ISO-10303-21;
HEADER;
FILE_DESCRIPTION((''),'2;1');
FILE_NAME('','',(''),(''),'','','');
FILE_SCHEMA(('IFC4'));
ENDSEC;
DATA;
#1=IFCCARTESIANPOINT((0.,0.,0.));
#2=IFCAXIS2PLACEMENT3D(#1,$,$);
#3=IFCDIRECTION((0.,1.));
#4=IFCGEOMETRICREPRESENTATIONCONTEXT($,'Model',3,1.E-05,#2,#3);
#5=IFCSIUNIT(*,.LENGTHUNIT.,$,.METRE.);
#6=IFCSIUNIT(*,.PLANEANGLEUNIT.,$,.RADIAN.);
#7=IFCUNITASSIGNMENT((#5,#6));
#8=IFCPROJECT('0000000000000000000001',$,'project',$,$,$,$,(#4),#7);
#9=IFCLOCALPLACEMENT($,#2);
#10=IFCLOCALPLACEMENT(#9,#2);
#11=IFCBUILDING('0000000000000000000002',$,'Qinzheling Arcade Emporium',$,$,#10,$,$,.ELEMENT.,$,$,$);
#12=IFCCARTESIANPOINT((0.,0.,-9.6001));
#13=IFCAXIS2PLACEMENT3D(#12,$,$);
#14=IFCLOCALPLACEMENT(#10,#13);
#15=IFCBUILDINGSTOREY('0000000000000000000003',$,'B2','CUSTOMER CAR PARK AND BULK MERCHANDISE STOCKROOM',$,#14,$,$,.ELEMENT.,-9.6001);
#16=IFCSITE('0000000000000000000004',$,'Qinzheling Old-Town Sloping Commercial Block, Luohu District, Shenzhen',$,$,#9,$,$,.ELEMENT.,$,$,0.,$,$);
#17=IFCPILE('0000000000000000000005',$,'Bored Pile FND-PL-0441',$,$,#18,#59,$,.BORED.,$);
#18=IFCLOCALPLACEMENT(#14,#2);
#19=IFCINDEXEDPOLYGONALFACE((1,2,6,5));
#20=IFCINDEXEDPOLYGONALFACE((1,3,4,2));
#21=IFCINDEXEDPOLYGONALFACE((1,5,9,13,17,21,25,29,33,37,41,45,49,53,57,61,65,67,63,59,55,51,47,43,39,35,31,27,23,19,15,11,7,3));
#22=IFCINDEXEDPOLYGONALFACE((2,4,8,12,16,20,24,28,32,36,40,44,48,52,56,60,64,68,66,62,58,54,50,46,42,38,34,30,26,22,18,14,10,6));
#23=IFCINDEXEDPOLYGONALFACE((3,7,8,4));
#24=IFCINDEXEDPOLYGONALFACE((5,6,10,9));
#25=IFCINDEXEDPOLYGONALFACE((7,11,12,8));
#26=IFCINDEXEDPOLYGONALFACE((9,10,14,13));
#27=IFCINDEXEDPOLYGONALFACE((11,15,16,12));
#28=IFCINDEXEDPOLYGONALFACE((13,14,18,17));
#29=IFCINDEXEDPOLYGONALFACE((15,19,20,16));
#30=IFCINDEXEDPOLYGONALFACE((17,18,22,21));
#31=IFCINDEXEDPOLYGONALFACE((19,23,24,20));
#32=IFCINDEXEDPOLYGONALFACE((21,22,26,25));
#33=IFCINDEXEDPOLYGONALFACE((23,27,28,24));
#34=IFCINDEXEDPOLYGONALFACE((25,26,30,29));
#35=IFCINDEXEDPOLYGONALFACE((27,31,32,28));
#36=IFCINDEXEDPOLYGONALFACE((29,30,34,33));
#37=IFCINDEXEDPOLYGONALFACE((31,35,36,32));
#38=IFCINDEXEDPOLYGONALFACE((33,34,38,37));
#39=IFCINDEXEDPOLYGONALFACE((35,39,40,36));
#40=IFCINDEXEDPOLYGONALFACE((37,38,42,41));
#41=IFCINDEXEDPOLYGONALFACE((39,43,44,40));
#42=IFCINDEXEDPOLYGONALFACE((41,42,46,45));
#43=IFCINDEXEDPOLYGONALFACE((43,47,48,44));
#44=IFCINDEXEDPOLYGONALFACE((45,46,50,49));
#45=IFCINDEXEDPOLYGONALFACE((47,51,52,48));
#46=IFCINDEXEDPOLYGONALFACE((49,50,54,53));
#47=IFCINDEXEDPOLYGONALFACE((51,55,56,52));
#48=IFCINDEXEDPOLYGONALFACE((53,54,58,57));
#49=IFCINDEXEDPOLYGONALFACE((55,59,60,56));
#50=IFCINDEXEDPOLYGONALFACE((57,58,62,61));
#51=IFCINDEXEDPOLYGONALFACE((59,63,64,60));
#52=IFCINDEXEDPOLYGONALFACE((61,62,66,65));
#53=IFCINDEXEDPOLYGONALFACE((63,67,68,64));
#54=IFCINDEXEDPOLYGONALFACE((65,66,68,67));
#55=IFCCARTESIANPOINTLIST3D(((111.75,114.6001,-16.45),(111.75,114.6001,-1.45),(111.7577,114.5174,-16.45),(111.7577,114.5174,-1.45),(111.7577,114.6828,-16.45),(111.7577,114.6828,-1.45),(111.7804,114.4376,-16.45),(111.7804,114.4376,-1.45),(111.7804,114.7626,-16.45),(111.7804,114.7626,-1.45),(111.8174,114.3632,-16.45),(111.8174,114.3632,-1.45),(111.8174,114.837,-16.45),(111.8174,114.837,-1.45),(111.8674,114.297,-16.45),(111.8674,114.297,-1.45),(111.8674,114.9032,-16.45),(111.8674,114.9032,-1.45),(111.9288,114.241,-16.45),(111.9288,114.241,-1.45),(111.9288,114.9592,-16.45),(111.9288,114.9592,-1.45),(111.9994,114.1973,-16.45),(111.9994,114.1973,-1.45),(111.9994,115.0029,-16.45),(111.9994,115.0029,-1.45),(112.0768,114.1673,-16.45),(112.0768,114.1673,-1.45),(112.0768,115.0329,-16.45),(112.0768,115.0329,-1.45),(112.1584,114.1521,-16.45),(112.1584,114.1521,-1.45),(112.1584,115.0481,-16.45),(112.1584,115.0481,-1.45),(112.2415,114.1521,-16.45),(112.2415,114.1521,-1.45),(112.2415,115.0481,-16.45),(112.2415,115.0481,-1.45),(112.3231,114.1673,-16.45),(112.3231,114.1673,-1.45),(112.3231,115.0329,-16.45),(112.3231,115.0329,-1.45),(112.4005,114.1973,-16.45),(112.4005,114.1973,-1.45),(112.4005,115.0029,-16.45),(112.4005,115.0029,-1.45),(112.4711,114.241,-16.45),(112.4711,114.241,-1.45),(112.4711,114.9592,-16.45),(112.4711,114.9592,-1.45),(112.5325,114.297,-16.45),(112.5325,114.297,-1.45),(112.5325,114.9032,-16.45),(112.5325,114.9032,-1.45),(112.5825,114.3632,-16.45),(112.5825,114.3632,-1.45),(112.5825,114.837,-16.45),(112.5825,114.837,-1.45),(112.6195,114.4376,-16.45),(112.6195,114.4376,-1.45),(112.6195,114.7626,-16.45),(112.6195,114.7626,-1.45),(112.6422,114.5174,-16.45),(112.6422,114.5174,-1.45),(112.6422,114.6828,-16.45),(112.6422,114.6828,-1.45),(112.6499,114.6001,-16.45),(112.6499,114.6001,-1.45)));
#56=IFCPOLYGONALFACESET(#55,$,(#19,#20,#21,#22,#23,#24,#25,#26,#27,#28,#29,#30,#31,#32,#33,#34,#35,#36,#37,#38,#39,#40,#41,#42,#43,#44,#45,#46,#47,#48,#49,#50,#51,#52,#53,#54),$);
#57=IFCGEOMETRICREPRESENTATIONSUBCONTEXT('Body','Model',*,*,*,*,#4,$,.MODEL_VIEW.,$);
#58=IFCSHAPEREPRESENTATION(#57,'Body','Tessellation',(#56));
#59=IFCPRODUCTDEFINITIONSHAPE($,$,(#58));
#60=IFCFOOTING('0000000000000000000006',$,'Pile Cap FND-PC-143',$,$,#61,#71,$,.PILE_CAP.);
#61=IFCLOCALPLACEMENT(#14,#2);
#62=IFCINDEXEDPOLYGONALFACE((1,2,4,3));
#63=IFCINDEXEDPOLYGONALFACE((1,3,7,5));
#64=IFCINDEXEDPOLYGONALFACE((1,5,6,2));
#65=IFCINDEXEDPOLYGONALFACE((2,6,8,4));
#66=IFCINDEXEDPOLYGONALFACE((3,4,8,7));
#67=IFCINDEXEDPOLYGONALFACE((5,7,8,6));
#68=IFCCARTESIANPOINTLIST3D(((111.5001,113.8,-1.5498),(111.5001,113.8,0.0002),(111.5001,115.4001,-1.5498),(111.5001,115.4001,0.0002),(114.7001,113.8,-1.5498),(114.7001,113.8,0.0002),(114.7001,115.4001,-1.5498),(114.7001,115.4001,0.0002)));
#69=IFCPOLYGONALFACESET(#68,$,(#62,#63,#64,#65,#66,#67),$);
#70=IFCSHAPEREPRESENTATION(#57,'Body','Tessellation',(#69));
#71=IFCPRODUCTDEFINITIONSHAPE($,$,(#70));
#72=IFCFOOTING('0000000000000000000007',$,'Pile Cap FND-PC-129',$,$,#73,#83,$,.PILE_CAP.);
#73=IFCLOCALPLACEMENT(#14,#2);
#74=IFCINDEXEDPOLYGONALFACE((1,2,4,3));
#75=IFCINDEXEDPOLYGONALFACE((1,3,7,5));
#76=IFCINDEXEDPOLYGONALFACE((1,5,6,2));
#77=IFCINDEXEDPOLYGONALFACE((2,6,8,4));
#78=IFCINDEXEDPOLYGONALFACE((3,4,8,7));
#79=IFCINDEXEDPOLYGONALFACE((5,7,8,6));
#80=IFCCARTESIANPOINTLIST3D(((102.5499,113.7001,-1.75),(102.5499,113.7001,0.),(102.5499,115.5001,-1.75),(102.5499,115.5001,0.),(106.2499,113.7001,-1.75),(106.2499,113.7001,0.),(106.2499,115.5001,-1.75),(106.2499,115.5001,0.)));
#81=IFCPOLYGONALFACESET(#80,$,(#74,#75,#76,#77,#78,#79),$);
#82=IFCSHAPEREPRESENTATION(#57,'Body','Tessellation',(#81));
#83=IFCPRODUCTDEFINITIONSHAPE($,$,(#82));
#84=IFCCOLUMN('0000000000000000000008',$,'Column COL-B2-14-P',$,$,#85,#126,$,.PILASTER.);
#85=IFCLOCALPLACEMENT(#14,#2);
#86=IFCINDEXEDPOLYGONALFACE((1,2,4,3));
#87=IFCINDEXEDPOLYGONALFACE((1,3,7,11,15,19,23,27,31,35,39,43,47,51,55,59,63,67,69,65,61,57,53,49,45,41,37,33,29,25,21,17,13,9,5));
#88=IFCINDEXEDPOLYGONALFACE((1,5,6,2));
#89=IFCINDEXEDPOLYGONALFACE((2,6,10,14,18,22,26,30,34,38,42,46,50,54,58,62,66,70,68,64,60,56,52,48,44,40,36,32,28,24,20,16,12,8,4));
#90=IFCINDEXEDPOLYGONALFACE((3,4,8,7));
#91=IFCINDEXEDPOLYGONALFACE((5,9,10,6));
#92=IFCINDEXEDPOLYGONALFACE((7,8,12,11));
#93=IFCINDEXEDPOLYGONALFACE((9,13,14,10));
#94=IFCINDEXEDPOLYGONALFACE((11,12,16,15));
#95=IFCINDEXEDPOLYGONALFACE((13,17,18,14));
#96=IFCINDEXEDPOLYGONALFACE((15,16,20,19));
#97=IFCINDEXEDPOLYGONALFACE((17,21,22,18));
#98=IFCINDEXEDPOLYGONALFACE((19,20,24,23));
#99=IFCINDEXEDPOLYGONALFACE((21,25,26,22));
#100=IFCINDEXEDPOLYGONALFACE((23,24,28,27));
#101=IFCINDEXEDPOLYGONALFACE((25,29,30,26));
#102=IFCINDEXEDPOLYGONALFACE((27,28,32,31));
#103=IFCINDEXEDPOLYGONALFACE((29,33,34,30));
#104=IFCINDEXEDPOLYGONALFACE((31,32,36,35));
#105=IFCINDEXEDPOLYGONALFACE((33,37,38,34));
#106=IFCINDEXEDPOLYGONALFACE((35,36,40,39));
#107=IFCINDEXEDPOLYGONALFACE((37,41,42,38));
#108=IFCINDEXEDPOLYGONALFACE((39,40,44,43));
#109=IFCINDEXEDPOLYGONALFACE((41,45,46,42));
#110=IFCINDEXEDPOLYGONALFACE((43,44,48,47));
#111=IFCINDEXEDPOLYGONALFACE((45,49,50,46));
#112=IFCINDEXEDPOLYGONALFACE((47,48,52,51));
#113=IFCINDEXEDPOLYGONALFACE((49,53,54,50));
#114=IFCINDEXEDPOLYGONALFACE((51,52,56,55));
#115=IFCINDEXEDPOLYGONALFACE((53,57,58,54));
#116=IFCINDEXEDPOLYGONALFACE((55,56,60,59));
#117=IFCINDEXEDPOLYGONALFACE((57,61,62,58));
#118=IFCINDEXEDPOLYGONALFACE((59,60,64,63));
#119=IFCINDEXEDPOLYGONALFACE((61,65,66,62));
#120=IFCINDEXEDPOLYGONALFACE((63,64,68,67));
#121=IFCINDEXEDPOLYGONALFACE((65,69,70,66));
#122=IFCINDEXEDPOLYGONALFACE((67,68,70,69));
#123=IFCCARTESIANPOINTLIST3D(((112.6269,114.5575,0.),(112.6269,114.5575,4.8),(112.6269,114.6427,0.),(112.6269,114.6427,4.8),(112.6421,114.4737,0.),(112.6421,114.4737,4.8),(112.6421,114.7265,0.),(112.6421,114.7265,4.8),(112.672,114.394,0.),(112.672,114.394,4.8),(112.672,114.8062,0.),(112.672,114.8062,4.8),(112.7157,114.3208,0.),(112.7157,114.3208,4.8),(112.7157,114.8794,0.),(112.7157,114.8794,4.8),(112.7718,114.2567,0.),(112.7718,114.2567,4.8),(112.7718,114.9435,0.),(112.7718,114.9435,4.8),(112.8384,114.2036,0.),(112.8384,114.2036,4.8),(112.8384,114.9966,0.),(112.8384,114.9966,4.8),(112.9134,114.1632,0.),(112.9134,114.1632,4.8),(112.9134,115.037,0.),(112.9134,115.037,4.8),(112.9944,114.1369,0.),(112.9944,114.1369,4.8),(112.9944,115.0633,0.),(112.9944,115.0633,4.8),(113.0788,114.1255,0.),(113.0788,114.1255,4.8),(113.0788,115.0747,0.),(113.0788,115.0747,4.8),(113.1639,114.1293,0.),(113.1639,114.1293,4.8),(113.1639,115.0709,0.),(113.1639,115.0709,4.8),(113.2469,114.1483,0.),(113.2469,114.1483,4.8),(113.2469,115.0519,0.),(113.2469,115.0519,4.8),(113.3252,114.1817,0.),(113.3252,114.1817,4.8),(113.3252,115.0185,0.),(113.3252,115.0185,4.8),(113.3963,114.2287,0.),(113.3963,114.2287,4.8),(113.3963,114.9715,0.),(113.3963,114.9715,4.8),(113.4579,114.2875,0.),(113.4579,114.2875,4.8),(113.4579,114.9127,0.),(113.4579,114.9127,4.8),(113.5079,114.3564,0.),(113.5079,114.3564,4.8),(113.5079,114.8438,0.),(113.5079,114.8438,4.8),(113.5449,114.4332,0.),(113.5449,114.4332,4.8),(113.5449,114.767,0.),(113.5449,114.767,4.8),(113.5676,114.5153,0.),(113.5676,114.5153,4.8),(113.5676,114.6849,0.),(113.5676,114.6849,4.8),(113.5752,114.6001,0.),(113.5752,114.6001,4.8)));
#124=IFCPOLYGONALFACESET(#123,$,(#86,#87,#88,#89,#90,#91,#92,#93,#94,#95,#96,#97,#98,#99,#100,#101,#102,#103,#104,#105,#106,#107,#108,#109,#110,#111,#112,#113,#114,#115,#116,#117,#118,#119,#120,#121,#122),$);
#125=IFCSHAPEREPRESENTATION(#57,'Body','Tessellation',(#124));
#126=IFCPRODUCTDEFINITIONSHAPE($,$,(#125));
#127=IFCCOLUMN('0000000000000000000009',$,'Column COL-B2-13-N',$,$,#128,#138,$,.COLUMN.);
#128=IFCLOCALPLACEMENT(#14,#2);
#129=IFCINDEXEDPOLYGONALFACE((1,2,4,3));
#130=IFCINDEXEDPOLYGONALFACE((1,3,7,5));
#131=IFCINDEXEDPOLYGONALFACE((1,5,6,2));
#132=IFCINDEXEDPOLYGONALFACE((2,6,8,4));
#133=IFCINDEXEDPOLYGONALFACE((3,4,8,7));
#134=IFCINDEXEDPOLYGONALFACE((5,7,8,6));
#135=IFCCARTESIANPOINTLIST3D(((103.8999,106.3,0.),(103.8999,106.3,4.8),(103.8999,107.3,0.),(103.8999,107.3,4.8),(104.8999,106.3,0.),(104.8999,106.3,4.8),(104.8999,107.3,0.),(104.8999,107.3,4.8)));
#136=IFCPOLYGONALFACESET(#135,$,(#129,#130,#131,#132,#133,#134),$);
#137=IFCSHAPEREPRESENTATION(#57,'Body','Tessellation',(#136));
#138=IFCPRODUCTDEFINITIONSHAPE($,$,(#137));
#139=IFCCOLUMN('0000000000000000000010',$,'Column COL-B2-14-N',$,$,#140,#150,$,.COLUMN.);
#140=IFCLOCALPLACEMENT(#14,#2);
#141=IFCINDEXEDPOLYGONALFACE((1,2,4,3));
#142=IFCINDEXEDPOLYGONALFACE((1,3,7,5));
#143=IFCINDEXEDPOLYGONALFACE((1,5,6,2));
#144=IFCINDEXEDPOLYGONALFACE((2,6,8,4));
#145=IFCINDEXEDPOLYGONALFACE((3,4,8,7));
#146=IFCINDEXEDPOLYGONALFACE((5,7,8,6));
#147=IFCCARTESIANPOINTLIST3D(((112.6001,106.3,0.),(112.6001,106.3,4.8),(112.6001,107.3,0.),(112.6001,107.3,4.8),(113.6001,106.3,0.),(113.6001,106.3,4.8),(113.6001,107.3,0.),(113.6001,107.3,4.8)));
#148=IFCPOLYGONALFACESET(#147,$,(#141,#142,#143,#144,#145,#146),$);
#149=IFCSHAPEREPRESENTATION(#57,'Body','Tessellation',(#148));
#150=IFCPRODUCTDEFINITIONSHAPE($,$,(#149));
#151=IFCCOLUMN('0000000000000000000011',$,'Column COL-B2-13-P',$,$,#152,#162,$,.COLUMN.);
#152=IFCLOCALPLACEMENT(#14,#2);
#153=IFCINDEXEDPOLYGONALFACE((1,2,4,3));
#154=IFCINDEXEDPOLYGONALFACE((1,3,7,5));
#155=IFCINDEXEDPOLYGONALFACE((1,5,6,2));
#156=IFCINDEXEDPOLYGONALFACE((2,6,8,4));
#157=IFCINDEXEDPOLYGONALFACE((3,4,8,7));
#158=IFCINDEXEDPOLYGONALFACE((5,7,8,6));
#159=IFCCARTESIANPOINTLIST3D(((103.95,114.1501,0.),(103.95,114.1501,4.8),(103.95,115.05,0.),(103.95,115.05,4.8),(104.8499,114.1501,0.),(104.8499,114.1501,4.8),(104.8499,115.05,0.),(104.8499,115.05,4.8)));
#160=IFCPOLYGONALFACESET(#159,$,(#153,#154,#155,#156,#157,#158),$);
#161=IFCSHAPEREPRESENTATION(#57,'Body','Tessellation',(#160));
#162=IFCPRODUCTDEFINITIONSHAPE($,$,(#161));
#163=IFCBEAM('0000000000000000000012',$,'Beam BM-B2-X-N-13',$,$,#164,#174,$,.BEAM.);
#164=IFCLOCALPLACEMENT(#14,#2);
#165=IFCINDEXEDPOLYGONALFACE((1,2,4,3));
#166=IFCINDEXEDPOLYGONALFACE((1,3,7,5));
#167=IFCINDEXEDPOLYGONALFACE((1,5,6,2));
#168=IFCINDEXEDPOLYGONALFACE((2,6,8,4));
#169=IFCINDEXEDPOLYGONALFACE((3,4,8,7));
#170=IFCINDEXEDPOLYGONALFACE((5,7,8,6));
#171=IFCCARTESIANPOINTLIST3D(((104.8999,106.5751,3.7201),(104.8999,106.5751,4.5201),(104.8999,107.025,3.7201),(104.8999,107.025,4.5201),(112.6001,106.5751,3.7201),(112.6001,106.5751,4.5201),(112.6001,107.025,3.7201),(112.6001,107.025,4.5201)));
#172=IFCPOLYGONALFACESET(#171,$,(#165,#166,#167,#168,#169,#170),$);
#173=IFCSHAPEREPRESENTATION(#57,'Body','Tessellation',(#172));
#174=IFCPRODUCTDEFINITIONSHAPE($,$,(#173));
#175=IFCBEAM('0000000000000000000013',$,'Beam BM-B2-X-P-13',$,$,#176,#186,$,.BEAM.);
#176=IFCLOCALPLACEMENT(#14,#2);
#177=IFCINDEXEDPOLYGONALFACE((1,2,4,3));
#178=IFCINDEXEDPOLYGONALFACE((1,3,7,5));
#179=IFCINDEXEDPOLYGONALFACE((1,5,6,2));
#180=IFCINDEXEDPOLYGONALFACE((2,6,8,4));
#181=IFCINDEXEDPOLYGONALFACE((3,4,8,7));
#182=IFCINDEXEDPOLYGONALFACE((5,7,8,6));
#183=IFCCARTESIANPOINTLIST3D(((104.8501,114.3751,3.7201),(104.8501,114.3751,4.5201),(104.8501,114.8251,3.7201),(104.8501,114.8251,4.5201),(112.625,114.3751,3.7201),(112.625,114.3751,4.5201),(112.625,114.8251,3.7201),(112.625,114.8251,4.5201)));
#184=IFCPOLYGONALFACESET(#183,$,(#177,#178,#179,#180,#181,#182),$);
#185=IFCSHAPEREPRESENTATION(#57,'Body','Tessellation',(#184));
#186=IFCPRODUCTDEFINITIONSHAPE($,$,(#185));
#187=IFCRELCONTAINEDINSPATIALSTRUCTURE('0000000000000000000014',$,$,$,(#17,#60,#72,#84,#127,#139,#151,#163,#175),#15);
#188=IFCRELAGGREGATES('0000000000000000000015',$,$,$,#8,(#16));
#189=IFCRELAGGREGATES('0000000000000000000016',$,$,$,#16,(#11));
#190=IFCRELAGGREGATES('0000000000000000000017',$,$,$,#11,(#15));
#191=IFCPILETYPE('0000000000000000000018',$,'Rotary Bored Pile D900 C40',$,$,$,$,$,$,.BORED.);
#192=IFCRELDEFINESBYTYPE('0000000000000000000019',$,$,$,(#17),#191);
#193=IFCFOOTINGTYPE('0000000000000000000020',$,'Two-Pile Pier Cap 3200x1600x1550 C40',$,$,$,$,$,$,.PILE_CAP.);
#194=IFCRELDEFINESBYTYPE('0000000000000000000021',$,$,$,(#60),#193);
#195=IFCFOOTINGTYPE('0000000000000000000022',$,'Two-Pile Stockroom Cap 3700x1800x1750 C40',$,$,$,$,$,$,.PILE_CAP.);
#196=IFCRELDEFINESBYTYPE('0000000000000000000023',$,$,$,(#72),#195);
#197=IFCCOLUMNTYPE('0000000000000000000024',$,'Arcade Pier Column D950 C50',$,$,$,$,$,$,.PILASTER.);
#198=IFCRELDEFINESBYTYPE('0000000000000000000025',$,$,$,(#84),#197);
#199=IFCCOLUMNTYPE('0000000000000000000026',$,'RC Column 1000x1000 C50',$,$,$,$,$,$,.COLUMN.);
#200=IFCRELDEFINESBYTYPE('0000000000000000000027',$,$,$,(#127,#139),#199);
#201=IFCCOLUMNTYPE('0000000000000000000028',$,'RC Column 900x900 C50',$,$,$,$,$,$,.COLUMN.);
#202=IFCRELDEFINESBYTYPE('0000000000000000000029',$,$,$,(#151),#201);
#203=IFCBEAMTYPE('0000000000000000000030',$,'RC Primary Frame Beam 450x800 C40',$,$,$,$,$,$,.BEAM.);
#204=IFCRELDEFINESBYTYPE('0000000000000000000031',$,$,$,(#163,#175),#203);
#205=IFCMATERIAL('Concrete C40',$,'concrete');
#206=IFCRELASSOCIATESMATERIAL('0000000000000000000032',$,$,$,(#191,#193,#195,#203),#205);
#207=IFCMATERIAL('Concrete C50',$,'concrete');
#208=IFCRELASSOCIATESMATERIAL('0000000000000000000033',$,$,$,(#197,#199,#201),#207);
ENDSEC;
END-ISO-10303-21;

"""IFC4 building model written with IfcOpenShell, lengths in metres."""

from ifc_helpers import new_model, si_unit, direction, frame, origin, origin_2d, place, context, subcontext, project, spatial, rectangle, circle, extrude, material, material_profile, profile_set, type_object, element, save


model = new_model("IFC4")

# Units and contexts
model_context = context("Model", 3, precision=1e-05, world=origin(), true_north=direction((0.0, 1.0)))
body_context = subcontext(model_context, "Body", "Model", "MODEL_VIEW")
ifc_project = project(units=[si_unit("LENGTHUNIT", "METRE"), si_unit("PLANEANGLEUNIT", "RADIAN")], contexts=[model_context])

# Site, building, storey
site_placement = place(None, origin())
site = spatial("IfcSite", under=ifc_project, at=site_placement, Name="Qinzheling Old-Town Sloping Commercial Block, Luohu District, Shenzhen", CompositionType="ELEMENT", RefElevation=0.0)
building_placement = place(site_placement, origin())
building = spatial("IfcBuilding", under=site, at=building_placement, Name="Qinzheling Arcade Emporium", CompositionType="ELEMENT")
storey_placement = place(building_placement, frame((0.0, 0.0, -9.6001)))
storey = spatial("IfcBuildingStorey", under=building, at=storey_placement, Name="B2", Description="CUSTOMER CAR PARK AND BULK MERCHANDISE STOCKROOM", CompositionType="ELEMENT", Elevation=-9.6001)

# Shared definitions
ifc_material_1 = material(Name="Concrete C40", Category="concrete")

# Pile
ifc_material_profile_1 = material_profile(ifc_material_1, circle(Radius=0.45, at=origin_2d()), Name="BORED D900", Category="concrete")
ifc_profile_set_1 = profile_set([ifc_material_profile_1], Name="Concrete C40")
pile_type = type_object("IfcPileType", Name="Rotary Bored Pile D900 C40", PredefinedType="BORED", material=ifc_profile_set_1)
pile_placement = place(storey_placement, frame((112.2, 114.6001, -1.45), z_axis=(0.0, 0.0, -1.0), x_axis=(1.0, 0.0, 0.0)))
element("IfcPile", 1, at=pile_placement, inside=storey, type_object=pile_type, Name="Bored Pile FND-PL-0441", PredefinedType="BORED", context=body_context, shape_type="SweptSolid", body=[
    extrude(circle(Radius=0.45, at=origin_2d()), origin(), (0.0, 0.0, 1.0), 15.0),
])

# Footings
footing_type_1 = type_object("IfcFootingType", Name="Two-Pile Pier Cap 3200x1600x1550 C40", PredefinedType="PILE_CAP", material=ifc_material_1)
footing_1_placement = place(storey_placement, frame((113.1001, 114.6001, -1.5498), z_axis=(0.0, 0.0, 1.0), x_axis=(1.0, 0.0, 0.0)))
element("IfcFooting", 2, at=footing_1_placement, inside=storey, type_object=footing_type_1, Name="Pile Cap FND-PC-143", PredefinedType="PILE_CAP", context=body_context, shape_type="SweptSolid", body=[
    extrude(rectangle(XDim=3.2, YDim=1.6001, at=origin_2d()), origin(), (0.0, 0.0, 1.0), 1.55),
])
footing_type_2 = type_object("IfcFootingType", Name="Two-Pile Stockroom Cap 3700x1800x1750 C40", PredefinedType="PILE_CAP", material=ifc_material_1)
footing_2_placement = place(storey_placement, frame((104.3999, 114.6001, -1.75), z_axis=(0.0, 0.0, 1.0), x_axis=(1.0, 0.0, 0.0)))
element("IfcFooting", 3, at=footing_2_placement, inside=storey, type_object=footing_type_2, Name="Pile Cap FND-PC-129", PredefinedType="PILE_CAP", context=body_context, shape_type="SweptSolid", body=[
    extrude(rectangle(XDim=3.7, YDim=1.8, at=origin_2d()), origin(), (0.0, 0.0, 1.0), 1.75),
])

# Columns
ifc_material_2 = material(Name="Concrete C50", Category="concrete")
ifc_material_profile_2 = material_profile(ifc_material_2, circle(Radius=0.4751, at=origin_2d()), Name="RC D950", Category="concrete")
ifc_profile_set_2 = profile_set([ifc_material_profile_2], Name="Concrete C50")
column_type_1 = type_object("IfcColumnType", Name="Arcade Pier Column D950 C50", PredefinedType="PILASTER", material=ifc_profile_set_2)
column_1_placement = place(storey_placement, frame((113.1001, 114.6001, 0.0), z_axis=(0.0, 0.0, 1.0), x_axis=(1.0, 0.0, 0.0)))
element("IfcColumn", 4, at=column_1_placement, inside=storey, type_object=column_type_1, Name="Column COL-B2-14-P", PredefinedType="PILASTER", context=body_context, shape_type="SweptSolid", body=[
    extrude(circle(Radius=0.4751, at=origin_2d()), origin(), (0.0, 0.0, 1.0), 4.8),
])
ifc_material_profile_3 = material_profile(ifc_material_2, rectangle(XDim=1.0, YDim=1.0, at=origin_2d()), Name="RC 1000x1000", Category="concrete")
ifc_profile_set_3 = profile_set([ifc_material_profile_3], Name="Concrete C50")
column_type_2 = type_object("IfcColumnType", Name="RC Column 1000x1000 C50", PredefinedType="COLUMN", material=ifc_profile_set_3)
for number, where, z_axis, x_axis, name in (
    (5, (104.3999, 106.8, 0.0), (0.0, 0.0, 1.0), (1.0, 0.0, 0.0), "Column COL-B2-13-N"),
    (6, (113.1001, 106.8, 0.0), (0.0, 0.0, 1.0), (1.0, 0.0, 0.0), "Column COL-B2-14-N"),
):
    element("IfcColumn", number, at=place(storey_placement, frame(where, z_axis=z_axis, x_axis=x_axis)), inside=storey, type_object=column_type_2, Name=name, PredefinedType="COLUMN", context=body_context, shape_type="SweptSolid", body=[
        extrude(rectangle(XDim=1.0, YDim=1.0, at=origin_2d()), origin(), (0.0, 0.0, 1.0), 4.8),
    ])
ifc_material_profile_4 = material_profile(ifc_material_2, rectangle(XDim=0.8999, YDim=0.8999, at=origin_2d()), Name="RC 900x900", Category="concrete")
ifc_profile_set_4 = profile_set([ifc_material_profile_4], Name="Concrete C50")
column_type_3 = type_object("IfcColumnType", Name="RC Column 900x900 C50", PredefinedType="COLUMN", material=ifc_profile_set_4)
column_2_placement = place(storey_placement, frame((104.3999, 114.6001, 0.0), z_axis=(0.0, 0.0, 1.0), x_axis=(1.0, 0.0, 0.0)))
element("IfcColumn", 7, at=column_2_placement, inside=storey, type_object=column_type_3, Name="Column COL-B2-13-P", PredefinedType="COLUMN", context=body_context, shape_type="SweptSolid", body=[
    extrude(rectangle(XDim=0.8999, YDim=0.8999, at=origin_2d()), origin(), (0.0, 0.0, 1.0), 4.8),
])

# Beams
ifc_material_profile_5 = material_profile(ifc_material_1, rectangle(XDim=0.45, YDim=0.8, at=origin_2d()), Name="RC 450x800", Category="concrete")
ifc_profile_set_5 = profile_set([ifc_material_profile_5], Name="Concrete C40")
beam_type = type_object("IfcBeamType", Name="RC Primary Frame Beam 450x800 C40", PredefinedType="BEAM", material=ifc_profile_set_5)
beam_1_placement = place(storey_placement, frame((104.8999, 106.8, 4.1201), z_axis=(1.0, 0.0, 0.0), x_axis=(0.0, 1.0, 0.0)))
element("IfcBeam", 8, at=beam_1_placement, inside=storey, type_object=beam_type, Name="Beam BM-B2-X-N-13", PredefinedType="BEAM", context=body_context, shape_type="SweptSolid", body=[
    extrude(rectangle(XDim=0.45, YDim=0.8, at=origin_2d()), origin(), (0.0, 0.0, 1.0), 7.7002),
])
beam_2_placement = place(storey_placement, frame((104.8501, 114.6001, 4.1201), z_axis=(1.0, 0.0, 0.0), x_axis=(0.0, 1.0, 0.0)))
element("IfcBeam", 9, at=beam_2_placement, inside=storey, type_object=beam_type, Name="Beam BM-B2-X-P-13", PredefinedType="BEAM", context=body_context, shape_type="SweptSolid", body=[
    extrude(rectangle(XDim=0.45, YDim=0.8, at=origin_2d()), origin(), (0.0, 0.0, 1.0), 7.7749),
])

save(model, "model.ifc")
